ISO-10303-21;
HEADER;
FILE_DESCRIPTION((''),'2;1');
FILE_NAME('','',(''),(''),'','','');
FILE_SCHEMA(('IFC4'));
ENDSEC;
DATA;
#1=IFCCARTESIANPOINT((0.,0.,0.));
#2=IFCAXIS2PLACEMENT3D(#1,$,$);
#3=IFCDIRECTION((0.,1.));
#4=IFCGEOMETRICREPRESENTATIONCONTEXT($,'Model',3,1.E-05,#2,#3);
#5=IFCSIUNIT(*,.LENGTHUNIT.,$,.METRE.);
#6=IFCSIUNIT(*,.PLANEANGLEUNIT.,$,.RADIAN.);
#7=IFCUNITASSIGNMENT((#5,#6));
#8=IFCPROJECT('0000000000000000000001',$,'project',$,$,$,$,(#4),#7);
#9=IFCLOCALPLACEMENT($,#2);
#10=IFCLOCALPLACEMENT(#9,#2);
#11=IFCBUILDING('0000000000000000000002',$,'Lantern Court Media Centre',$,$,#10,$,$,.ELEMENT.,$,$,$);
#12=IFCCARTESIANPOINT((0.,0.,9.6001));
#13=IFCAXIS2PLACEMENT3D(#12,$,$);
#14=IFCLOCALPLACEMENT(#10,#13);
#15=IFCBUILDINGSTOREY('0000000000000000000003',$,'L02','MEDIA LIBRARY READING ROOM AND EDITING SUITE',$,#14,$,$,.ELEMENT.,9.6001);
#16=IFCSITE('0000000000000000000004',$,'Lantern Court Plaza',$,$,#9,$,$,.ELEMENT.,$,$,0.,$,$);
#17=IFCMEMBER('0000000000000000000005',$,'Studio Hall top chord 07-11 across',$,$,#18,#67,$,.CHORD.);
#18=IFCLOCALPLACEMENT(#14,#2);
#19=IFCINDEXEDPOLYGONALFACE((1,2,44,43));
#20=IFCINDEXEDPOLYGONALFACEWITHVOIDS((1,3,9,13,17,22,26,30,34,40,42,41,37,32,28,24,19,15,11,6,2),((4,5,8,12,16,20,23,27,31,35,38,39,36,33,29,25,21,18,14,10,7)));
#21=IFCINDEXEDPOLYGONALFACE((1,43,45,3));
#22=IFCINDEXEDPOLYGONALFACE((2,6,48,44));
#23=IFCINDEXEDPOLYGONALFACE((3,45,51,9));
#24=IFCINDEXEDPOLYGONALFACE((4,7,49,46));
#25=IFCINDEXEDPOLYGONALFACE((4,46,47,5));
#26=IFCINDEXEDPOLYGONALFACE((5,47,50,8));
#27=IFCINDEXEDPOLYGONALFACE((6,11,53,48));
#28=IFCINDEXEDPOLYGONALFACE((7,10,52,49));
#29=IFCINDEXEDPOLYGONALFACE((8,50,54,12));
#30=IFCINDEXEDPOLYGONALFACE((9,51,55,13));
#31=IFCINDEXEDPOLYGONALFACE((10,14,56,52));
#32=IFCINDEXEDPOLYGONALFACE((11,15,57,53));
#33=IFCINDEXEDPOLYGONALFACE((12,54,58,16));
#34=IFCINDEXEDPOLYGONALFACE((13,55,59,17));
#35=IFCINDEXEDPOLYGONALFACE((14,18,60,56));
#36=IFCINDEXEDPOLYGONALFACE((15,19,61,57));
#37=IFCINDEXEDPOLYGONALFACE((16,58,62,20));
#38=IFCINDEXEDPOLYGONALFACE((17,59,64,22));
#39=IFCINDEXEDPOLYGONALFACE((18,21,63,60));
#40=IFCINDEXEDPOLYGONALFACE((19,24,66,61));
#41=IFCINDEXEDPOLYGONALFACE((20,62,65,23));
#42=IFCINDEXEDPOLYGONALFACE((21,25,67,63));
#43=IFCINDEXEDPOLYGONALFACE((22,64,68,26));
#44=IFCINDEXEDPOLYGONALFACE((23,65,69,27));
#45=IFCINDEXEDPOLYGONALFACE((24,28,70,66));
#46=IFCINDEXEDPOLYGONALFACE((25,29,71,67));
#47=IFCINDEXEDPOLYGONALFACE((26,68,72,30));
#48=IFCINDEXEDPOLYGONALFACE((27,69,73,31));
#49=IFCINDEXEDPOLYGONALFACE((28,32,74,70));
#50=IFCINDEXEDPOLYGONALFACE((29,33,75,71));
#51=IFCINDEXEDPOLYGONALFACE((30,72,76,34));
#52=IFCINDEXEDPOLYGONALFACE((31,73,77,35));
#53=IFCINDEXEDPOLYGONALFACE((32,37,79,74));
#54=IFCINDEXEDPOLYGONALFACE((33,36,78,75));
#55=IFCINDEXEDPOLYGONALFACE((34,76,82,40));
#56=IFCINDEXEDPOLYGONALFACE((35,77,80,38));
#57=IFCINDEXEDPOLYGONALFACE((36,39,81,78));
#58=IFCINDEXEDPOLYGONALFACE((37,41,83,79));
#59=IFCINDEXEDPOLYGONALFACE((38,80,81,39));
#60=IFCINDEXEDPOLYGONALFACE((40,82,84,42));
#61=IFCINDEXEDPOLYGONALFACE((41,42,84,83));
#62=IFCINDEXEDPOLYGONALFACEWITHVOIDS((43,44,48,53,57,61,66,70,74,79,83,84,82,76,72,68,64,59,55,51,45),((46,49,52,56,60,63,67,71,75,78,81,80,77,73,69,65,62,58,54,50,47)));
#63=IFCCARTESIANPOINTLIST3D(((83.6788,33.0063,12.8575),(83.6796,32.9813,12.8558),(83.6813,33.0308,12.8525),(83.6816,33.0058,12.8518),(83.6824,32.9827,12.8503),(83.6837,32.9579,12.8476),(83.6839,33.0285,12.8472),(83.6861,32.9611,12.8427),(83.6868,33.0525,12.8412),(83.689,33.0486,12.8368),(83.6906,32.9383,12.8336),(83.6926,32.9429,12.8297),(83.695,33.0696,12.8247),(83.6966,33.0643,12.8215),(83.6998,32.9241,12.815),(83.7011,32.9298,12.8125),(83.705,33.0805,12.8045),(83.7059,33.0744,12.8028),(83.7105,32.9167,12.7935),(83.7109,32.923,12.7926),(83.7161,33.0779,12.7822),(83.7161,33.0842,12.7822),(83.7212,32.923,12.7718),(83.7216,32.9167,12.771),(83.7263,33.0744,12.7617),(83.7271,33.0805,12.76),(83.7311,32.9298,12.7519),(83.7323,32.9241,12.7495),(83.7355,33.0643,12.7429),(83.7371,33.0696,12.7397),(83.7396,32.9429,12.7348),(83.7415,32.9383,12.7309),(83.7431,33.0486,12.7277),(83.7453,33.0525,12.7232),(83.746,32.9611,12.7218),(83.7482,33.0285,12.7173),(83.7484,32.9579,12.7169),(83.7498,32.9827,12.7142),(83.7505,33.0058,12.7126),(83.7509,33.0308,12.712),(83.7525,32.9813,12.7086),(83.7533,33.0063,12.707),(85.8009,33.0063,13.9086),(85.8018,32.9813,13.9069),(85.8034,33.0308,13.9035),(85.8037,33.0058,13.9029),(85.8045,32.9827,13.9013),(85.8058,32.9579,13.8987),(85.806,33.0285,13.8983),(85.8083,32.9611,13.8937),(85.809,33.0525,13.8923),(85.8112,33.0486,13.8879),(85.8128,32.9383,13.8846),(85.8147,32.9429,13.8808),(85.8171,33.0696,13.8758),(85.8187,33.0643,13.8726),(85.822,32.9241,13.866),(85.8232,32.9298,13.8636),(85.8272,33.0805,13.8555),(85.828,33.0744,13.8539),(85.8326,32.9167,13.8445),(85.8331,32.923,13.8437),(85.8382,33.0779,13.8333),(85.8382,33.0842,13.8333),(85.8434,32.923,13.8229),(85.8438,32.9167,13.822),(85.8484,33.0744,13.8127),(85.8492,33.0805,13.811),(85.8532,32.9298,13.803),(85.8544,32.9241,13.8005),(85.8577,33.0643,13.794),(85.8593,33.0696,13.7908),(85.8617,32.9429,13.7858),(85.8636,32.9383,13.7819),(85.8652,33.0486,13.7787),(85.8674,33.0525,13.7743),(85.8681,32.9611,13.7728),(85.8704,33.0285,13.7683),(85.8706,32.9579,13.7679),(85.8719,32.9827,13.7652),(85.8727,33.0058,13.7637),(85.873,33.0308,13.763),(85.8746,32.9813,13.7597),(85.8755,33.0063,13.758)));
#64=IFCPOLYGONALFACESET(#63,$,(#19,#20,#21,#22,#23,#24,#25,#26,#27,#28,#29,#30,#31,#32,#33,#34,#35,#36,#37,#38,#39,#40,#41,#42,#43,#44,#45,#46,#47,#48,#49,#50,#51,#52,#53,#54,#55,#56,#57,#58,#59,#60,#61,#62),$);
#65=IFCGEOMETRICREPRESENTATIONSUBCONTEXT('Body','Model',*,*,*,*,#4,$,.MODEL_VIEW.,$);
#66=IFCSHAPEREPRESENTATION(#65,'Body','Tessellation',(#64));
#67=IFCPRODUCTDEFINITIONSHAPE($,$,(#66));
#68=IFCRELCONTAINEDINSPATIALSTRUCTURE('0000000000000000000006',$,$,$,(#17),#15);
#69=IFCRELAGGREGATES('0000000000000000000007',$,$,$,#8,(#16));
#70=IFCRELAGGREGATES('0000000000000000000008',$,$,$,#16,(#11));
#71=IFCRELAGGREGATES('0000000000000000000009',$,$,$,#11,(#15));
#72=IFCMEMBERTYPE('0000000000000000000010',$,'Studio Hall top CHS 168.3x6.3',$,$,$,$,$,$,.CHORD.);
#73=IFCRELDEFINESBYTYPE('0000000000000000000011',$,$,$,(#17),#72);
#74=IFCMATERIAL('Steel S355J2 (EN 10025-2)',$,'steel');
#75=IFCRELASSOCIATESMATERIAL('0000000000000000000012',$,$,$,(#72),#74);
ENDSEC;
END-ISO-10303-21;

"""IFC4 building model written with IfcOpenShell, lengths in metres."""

from ifc_helpers import new_model, si_unit, direction, frame, origin, origin_2d, place, context, subcontext, project, spatial, hollow_circle, extrude, material, material_profile, profile_set, type_object, element, save


model = new_model("IFC4")

# Units and contexts
model_context = context("Model", 3, precision=1e-05, world=origin(), true_north=direction((0.0, 1.0)))
body_context = subcontext(model_context, "Body", "Model", "MODEL_VIEW")
ifc_project = project(units=[si_unit("LENGTHUNIT", "METRE"), si_unit("PLANEANGLEUNIT", "RADIAN")], contexts=[model_context])

# Site, building, storey
site_placement = place(None, origin())
site = spatial("IfcSite", under=ifc_project, at=site_placement, Name="Lantern Court Plaza", CompositionType="ELEMENT", RefElevation=0.0)
building_placement = place(site_placement, origin())
building = spatial("IfcBuilding", under=site, at=building_placement, Name="Lantern Court Media Centre", CompositionType="ELEMENT")
storey_placement = place(building_placement, frame((0.0, 0.0, 9.6001)))
storey = spatial("IfcBuildingStorey", under=building, at=storey_placement, Name="L02", Description="MEDIA LIBRARY READING ROOM AND EDITING SUITE", CompositionType="ELEMENT", Elevation=9.6001)

# Member
ifc_material = material(Name="Steel S355J2 (EN 10025-2)", Category="steel")
ifc_material_profile_1 = material_profile(ifc_material, hollow_circle(Radius=0.0842, WallThickness=0.0063, at=origin_2d()), Name="Studio Hall top CHS 168.3x6.3")
ifc_profile_set_1 = profile_set([ifc_material_profile_1], Name="Steel S355J2 (EN 10025-2)")
member_type_1 = type_object("IfcMemberType", Name="Studio Hall top CHS 168.3x6.3", PredefinedType="CHORD", material=ifc_profile_set_1)
member_1_placement = place(storey_placement, frame((83.7161, 33.0, 12.7822), z_axis=(0.896112, 0.0, 0.443829), x_axis=(0.0, 1.0, 0.0)))
element("IfcMember", 1, at=member_1_placement, inside=storey, type_object=member_type_1, Name="Studio Hall top chord 07-11 across", PredefinedType="CHORD", context=body_context, shape_type="SweptSolid", body=[
    extrude(hollow_circle(Radius=0.0842, WallThickness=0.0063, at=origin_2d()), origin(), (0.0, 0.0, 1.0), 2.3682),
])

save(model, "model.ifc")
